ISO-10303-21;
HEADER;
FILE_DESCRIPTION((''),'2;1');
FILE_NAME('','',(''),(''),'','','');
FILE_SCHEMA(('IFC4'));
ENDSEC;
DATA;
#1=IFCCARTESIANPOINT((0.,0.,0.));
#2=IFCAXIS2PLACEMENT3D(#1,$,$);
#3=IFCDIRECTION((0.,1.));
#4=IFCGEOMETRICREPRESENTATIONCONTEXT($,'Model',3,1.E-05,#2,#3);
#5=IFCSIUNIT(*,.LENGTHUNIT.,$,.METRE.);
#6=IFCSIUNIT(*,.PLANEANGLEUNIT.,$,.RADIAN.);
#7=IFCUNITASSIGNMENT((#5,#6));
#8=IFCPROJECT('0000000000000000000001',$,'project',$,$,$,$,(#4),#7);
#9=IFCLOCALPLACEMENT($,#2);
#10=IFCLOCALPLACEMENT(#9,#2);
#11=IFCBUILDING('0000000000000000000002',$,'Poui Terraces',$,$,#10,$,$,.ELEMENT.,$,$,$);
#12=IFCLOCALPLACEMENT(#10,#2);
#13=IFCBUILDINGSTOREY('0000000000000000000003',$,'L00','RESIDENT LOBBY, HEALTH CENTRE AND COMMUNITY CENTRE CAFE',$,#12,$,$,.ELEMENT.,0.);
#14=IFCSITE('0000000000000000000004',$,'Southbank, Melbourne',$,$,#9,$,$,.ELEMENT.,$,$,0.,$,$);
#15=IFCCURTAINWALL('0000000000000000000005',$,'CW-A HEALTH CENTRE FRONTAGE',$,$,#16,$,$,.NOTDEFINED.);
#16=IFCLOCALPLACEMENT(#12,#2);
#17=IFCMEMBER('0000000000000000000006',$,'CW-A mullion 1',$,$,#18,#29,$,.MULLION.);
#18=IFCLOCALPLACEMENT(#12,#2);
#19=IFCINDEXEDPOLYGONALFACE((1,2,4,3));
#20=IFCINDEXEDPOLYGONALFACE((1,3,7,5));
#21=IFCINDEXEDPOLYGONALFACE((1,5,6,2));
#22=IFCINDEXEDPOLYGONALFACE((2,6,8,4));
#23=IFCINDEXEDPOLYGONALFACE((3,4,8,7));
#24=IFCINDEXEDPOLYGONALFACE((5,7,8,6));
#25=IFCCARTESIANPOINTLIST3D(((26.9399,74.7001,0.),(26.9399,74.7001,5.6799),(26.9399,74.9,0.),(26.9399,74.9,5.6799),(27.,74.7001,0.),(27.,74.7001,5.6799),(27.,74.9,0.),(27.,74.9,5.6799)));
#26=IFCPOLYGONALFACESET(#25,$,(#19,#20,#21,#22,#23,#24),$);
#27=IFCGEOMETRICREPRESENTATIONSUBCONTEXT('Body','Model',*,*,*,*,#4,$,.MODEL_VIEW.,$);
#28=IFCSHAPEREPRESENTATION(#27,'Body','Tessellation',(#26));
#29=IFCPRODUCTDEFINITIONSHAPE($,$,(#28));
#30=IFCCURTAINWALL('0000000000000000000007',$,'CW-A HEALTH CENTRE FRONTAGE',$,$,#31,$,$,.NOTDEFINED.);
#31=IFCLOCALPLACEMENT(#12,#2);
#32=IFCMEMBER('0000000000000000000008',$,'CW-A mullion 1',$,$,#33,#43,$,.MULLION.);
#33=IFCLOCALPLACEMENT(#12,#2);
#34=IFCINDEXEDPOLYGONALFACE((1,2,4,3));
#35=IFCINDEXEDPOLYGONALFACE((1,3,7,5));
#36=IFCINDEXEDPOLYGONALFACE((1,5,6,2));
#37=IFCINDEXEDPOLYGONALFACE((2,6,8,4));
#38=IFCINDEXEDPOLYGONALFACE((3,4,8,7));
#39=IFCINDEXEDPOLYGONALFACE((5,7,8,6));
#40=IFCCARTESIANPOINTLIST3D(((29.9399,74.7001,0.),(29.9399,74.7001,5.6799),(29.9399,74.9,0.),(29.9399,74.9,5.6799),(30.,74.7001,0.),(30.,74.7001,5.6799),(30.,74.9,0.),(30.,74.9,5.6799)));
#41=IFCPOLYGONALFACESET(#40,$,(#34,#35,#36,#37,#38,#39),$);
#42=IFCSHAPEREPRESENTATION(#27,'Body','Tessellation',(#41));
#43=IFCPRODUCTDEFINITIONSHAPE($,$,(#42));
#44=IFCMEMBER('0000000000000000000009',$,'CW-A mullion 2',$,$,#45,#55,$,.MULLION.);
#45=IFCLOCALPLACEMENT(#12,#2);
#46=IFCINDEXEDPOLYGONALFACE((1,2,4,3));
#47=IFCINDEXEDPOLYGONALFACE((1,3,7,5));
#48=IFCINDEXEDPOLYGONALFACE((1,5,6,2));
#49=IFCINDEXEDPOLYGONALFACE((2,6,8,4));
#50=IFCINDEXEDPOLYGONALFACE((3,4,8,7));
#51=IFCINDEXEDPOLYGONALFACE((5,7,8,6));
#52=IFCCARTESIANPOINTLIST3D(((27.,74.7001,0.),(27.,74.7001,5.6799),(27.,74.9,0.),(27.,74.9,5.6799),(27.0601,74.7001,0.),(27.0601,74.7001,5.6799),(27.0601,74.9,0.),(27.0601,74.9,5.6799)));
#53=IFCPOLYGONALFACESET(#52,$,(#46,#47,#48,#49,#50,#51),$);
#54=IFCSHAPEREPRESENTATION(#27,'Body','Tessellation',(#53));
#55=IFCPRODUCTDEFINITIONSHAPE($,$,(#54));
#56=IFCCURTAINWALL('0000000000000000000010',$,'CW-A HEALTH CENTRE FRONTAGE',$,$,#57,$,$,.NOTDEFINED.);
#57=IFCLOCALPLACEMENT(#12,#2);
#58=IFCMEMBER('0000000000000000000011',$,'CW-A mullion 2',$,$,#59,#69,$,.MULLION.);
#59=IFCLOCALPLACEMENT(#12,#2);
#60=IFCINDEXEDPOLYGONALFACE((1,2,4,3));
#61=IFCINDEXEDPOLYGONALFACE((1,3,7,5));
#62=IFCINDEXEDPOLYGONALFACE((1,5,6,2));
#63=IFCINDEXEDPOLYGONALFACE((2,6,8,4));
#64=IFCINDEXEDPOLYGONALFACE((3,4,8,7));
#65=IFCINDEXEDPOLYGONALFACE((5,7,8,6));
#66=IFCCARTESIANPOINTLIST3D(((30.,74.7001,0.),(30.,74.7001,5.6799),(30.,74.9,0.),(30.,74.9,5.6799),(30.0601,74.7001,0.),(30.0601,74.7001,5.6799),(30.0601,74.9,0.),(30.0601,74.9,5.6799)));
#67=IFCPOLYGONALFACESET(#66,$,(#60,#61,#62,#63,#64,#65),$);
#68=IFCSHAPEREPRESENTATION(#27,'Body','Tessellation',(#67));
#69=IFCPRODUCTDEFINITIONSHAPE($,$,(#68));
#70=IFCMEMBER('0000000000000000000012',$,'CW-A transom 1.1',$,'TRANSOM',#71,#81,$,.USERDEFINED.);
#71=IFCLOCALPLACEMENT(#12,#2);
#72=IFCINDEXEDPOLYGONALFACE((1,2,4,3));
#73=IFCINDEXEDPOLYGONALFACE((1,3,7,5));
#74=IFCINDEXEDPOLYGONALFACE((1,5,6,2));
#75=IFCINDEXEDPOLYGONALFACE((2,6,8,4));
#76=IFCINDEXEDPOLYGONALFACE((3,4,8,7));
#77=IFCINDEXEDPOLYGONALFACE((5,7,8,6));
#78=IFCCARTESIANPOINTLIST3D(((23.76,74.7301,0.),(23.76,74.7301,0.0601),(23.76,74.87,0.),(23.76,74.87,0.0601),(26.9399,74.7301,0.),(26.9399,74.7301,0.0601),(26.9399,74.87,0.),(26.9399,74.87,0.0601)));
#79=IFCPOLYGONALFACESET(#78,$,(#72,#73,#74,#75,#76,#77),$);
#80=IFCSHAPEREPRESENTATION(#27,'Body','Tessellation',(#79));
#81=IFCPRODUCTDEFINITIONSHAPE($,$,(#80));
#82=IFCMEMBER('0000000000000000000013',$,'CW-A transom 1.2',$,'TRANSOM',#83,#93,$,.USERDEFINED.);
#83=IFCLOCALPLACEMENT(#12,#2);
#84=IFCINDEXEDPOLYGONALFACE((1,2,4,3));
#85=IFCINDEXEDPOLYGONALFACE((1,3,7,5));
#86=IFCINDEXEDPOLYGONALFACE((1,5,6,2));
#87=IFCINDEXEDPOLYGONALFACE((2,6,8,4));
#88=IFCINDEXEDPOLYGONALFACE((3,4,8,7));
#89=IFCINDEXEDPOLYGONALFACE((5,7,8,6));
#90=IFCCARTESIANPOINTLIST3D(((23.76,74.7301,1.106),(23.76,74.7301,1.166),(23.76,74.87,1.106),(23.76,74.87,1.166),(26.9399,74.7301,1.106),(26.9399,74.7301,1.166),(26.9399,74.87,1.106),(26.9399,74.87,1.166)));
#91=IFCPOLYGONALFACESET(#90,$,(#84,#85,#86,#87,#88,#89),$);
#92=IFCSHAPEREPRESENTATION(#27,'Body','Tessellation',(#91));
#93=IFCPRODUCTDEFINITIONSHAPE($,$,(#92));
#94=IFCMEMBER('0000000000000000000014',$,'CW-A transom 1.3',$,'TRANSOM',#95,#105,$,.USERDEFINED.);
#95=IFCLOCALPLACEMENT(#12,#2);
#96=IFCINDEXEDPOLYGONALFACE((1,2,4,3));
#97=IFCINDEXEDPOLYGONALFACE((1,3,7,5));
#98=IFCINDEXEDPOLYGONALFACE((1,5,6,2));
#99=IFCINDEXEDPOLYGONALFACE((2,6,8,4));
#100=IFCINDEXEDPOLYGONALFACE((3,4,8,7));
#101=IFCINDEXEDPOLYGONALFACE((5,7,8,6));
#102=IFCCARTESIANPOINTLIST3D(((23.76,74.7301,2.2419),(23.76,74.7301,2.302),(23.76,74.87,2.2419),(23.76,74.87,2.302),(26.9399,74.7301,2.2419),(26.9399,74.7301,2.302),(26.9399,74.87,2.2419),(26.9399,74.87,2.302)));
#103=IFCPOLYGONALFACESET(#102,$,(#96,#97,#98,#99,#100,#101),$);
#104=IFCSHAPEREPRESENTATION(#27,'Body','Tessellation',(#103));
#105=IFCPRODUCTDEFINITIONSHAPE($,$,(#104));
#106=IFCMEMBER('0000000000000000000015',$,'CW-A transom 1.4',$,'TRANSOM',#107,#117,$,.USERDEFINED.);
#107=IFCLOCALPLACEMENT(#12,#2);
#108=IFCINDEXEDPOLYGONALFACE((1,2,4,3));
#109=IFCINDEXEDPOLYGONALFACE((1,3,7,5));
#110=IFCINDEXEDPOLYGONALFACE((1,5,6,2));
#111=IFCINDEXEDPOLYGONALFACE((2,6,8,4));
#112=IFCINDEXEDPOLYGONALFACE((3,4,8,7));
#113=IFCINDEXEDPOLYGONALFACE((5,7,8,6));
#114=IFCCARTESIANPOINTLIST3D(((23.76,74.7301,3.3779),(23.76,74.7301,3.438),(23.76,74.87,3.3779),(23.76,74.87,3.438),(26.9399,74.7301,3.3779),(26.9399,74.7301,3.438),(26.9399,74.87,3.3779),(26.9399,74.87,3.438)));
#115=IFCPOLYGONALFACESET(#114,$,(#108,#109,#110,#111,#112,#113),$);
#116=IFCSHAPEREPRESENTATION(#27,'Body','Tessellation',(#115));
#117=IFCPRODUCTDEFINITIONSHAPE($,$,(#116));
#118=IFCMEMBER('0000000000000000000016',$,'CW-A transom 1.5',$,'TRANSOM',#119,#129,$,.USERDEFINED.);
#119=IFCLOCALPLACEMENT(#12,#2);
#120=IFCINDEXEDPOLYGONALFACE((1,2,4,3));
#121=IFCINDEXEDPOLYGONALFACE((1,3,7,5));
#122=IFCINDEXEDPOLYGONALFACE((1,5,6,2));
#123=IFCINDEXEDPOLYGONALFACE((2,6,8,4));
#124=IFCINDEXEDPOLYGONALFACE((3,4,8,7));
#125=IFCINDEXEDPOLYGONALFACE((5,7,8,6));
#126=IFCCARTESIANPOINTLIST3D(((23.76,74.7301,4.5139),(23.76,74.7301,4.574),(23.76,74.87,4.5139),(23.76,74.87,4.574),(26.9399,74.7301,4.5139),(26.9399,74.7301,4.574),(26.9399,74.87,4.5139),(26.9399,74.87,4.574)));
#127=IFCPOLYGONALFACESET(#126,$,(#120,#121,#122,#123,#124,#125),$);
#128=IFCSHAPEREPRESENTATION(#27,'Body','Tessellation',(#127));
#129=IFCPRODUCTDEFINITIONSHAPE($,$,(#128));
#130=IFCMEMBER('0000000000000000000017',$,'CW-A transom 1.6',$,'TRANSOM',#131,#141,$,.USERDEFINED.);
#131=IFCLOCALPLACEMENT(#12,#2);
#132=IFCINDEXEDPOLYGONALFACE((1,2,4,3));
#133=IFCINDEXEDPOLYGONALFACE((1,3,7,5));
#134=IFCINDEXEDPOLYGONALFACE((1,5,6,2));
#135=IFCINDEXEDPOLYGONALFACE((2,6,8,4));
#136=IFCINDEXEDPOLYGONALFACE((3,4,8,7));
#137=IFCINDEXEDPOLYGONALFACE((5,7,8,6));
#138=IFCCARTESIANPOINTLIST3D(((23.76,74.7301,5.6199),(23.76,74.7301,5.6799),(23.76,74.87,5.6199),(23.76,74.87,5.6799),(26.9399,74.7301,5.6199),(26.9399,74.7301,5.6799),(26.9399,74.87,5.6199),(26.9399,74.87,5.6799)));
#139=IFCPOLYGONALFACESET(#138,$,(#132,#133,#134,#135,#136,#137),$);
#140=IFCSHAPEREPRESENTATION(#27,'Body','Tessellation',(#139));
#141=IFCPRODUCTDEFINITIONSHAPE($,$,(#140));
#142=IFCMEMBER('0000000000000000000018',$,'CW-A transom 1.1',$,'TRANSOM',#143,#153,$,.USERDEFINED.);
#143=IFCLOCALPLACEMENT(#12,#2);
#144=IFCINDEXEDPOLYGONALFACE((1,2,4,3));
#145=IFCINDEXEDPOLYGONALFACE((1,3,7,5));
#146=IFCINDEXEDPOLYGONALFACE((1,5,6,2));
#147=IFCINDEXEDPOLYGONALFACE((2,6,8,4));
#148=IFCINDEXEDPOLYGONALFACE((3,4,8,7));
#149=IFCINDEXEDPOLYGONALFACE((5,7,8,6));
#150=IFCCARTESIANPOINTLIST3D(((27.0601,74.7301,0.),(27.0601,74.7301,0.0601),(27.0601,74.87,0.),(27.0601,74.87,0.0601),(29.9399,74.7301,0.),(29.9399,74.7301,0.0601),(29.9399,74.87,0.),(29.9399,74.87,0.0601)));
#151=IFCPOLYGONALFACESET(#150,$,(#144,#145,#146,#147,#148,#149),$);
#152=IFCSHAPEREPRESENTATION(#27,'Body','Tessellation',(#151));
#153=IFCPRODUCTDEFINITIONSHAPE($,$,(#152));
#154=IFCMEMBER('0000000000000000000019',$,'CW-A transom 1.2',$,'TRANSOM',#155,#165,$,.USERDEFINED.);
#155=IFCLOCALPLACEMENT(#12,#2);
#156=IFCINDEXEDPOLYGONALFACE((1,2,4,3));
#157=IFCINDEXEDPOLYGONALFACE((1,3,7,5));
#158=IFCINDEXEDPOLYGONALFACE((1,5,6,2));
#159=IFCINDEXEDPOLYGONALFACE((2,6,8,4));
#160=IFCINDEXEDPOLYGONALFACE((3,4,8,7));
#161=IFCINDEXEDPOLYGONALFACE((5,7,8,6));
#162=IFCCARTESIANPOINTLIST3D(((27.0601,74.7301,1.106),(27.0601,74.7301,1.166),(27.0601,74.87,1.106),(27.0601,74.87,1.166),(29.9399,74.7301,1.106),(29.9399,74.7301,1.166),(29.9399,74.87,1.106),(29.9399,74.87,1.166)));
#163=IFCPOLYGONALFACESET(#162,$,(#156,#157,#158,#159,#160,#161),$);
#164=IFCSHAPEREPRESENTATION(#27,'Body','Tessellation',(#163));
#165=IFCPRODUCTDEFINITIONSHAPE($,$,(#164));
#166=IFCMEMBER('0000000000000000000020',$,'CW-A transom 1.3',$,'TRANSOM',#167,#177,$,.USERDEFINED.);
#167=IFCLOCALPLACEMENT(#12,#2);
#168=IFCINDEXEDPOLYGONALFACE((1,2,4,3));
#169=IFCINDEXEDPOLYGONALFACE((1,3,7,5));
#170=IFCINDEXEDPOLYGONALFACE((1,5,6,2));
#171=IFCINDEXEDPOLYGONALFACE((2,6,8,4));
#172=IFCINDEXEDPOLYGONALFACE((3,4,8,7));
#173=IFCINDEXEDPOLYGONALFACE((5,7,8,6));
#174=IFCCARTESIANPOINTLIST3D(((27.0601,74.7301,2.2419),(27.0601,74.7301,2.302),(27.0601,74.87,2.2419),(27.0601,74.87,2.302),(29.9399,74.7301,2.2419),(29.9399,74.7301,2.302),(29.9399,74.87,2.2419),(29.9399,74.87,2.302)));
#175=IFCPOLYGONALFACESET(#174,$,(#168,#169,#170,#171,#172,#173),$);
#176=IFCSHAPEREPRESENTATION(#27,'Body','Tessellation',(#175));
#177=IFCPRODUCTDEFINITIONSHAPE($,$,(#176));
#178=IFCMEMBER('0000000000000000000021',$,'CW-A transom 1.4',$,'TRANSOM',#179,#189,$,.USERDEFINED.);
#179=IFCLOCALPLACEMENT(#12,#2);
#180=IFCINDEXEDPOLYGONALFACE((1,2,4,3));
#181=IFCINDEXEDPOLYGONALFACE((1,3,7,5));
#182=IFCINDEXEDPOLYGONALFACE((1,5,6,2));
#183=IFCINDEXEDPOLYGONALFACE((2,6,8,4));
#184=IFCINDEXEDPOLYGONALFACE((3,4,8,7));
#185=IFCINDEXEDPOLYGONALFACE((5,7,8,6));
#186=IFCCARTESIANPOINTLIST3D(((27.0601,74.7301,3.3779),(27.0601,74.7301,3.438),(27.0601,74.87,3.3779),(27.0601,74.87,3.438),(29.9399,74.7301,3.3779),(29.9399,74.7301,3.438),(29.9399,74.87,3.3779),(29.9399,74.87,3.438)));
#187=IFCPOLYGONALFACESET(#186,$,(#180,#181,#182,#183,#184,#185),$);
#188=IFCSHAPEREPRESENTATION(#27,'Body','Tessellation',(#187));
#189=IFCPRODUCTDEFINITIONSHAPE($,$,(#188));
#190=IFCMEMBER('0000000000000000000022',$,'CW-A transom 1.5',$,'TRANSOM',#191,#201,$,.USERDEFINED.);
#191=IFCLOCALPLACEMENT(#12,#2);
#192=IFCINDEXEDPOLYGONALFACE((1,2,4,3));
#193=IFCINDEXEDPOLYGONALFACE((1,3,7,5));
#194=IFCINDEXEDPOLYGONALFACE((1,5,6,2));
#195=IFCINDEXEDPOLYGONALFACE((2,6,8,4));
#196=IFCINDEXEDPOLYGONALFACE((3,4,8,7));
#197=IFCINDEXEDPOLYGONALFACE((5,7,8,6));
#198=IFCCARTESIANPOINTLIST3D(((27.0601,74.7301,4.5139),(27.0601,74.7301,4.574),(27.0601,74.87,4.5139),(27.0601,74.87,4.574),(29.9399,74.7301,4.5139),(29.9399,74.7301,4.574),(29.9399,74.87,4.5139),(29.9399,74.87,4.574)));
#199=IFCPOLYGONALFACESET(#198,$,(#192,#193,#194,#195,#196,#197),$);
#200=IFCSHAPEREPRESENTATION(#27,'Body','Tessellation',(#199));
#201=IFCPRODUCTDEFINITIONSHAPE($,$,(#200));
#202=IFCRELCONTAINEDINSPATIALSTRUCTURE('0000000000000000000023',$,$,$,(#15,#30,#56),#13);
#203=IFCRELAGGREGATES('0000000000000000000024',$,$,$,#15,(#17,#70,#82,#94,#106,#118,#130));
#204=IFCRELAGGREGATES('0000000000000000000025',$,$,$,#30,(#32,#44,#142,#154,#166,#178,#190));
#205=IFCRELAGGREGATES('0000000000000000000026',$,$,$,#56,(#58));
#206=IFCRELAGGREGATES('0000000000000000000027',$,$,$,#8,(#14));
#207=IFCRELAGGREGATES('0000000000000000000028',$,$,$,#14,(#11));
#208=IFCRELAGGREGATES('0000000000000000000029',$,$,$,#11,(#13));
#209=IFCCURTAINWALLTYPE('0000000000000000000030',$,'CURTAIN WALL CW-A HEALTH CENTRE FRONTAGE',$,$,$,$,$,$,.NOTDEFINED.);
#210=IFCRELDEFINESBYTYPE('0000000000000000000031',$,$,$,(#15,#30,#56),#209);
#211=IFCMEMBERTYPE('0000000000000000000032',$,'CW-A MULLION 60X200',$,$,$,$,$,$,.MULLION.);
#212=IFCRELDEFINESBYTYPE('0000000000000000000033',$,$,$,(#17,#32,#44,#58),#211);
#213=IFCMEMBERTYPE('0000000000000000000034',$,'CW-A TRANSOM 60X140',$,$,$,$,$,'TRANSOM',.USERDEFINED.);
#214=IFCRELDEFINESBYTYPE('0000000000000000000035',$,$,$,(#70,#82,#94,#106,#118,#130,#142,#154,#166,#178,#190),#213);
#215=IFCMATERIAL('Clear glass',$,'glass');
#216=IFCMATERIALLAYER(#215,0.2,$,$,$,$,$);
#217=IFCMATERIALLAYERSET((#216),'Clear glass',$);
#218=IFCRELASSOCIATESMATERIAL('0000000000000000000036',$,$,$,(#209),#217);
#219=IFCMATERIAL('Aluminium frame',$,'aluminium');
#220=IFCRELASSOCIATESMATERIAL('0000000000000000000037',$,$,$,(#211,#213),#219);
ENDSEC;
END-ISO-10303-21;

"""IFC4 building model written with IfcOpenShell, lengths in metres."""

from ifc_helpers import new_model, si_unit, direction, frame, origin, origin_2d, place, context, subcontext, project, spatial, rectangle, extrude, material, layer, layer_set, material_profile, profile_set, type_object, element, aggregate, save


model = new_model("IFC4")

# Units and contexts
model_context = context("Model", 3, precision=1e-05, world=origin(), true_north=direction((0.0, 1.0)))
body_context = subcontext(model_context, "Body", "Model", "MODEL_VIEW")
ifc_project = project(units=[si_unit("LENGTHUNIT", "METRE"), si_unit("PLANEANGLEUNIT", "RADIAN")], contexts=[model_context])

# Site, building, storey
site_placement = place(None, origin())
site = spatial("IfcSite", under=ifc_project, at=site_placement, Name="Southbank, Melbourne", CompositionType="ELEMENT", RefElevation=0.0)
building_placement = place(site_placement, origin())
building = spatial("IfcBuilding", under=site, at=building_placement, Name="Poui Terraces", CompositionType="ELEMENT")
storey_placement = place(building_placement, origin())
storey = spatial("IfcBuildingStorey", under=building, at=storey_placement, Name="L00", Description="RESIDENT LOBBY, HEALTH CENTRE AND COMMUNITY CENTRE CAFE", CompositionType="ELEMENT", Elevation=0.0)

# Curtain wall, member
ifc_material_1 = material(Name="Clear glass", Category="glass")
ifc_layer_1 = layer(ifc_material_1, 0.2)
ifc_layer_set_1 = layer_set([ifc_layer_1], Name="Clear glass")
curtain_wall_type = type_object("IfcCurtainWallType", Name="CURTAIN WALL CW-A HEALTH CENTRE FRONTAGE", PredefinedType="NOTDEFINED", material=ifc_layer_set_1)
curtain_wall_1_placement = place(storey_placement, origin())
curtain_wall_1 = element("IfcCurtainWall", 1, at=curtain_wall_1_placement, inside=storey, type_object=curtain_wall_type, Name="CW-A HEALTH CENTRE FRONTAGE", PredefinedType="NOTDEFINED")
ifc_material_2 = material(Name="Aluminium frame", Category="aluminium")
ifc_material_profile_1 = material_profile(ifc_material_2, rectangle(XDim=0.2, YDim=0.0601, at=origin_2d()), Name="CW-A MULLION 60X200")
ifc_profile_set_1 = profile_set([ifc_material_profile_1], Name="Aluminium frame")
member_type_1 = type_object("IfcMemberType", Name="CW-A MULLION 60X200", PredefinedType="MULLION", material=ifc_profile_set_1)
member_1_placement = place(storey_placement, frame((26.97, 74.8, 0.0), z_axis=(0.0, 0.0, 1.0), x_axis=(0.0, -1.0, 0.0)))
member_1 = element("IfcMember", 2, at=member_1_placement, type_object=member_type_1, Name="CW-A mullion 1", PredefinedType="MULLION", context=body_context, shape_type="SweptSolid", body=[
    extrude(rectangle(XDim=0.2, YDim=0.0601, at=origin_2d()), origin(), (0.0, 0.0, 1.0), 5.6799),
])

# Curtain wall, members
curtain_wall_2_placement = place(storey_placement, origin())
curtain_wall_2 = element("IfcCurtainWall", 3, at=curtain_wall_2_placement, inside=storey, type_object=curtain_wall_type, Name="CW-A HEALTH CENTRE FRONTAGE", PredefinedType="NOTDEFINED")
member_2_placement = place(storey_placement, frame((29.97, 74.8, 0.0), z_axis=(0.0, 0.0, 1.0), x_axis=(0.0, -1.0, 0.0)))
member_2 = element("IfcMember", 4, at=member_2_placement, type_object=member_type_1, Name="CW-A mullion 1", PredefinedType="MULLION", context=body_context, shape_type="SweptSolid", body=[
    extrude(rectangle(XDim=0.2, YDim=0.0601, at=origin_2d()), origin(), (0.0, 0.0, 1.0), 5.6799),
])
member_3_placement = place(storey_placement, frame((27.03, 74.8, 0.0), z_axis=(0.0, 0.0, 1.0), x_axis=(0.0, -1.0, 0.0)))
member_3 = element("IfcMember", 5, at=member_3_placement, type_object=member_type_1, Name="CW-A mullion 2", PredefinedType="MULLION", context=body_context, shape_type="SweptSolid", body=[
    extrude(rectangle(XDim=0.2, YDim=0.0601, at=origin_2d()), origin(), (0.0, 0.0, 1.0), 5.6799),
])

# Curtain wall, member
curtain_wall_3_placement = place(storey_placement, origin())
curtain_wall_3 = element("IfcCurtainWall", 6, at=curtain_wall_3_placement, inside=storey, type_object=curtain_wall_type, Name="CW-A HEALTH CENTRE FRONTAGE", PredefinedType="NOTDEFINED")
member_4_placement = place(storey_placement, frame((30.03, 74.8, 0.0), z_axis=(0.0, 0.0, 1.0), x_axis=(0.0, -1.0, 0.0)))
member_4 = element("IfcMember", 7, at=member_4_placement, type_object=member_type_1, Name="CW-A mullion 2", PredefinedType="MULLION", context=body_context, shape_type="SweptSolid", body=[
    extrude(rectangle(XDim=0.2, YDim=0.0601, at=origin_2d()), origin(), (0.0, 0.0, 1.0), 5.6799),
])

# Members
ifc_material_profile_2 = material_profile(ifc_material_2, rectangle(XDim=0.1399, YDim=0.0601, at=origin_2d()), Name="CW-A TRANSOM 60X140")
ifc_profile_set_2 = profile_set([ifc_material_profile_2], Name="Aluminium frame")
member_type_2 = type_object("IfcMemberType", Name="CW-A TRANSOM 60X140", ElementType="TRANSOM", PredefinedType="USERDEFINED", material=ifc_profile_set_2)
member_5_placement = place(storey_placement, frame((26.9399, 74.8, 0.03), z_axis=(-1.0, 0.0, 0.0), x_axis=(0.0, -1.0, 0.0)))
member_5 = element("IfcMember", 8, at=member_5_placement, type_object=member_type_2, Name="CW-A transom 1.1", ObjectType="TRANSOM", PredefinedType="USERDEFINED", context=body_context, shape_type="SweptSolid", body=[
    extrude(rectangle(XDim=0.1399, YDim=0.0601, at=origin_2d()), origin(), (0.0, 0.0, 1.0), 3.1799),
])
member_6_placement = place(storey_placement, frame((26.9399, 74.8, 1.136), z_axis=(-1.0, 0.0, 0.0), x_axis=(0.0, -1.0, 0.0)))
member_6 = element("IfcMember", 9, at=member_6_placement, type_object=member_type_2, Name="CW-A transom 1.2", ObjectType="TRANSOM", PredefinedType="USERDEFINED", context=body_context, shape_type="SweptSolid", body=[
    extrude(rectangle(XDim=0.1399, YDim=0.0601, at=origin_2d()), origin(), (0.0, 0.0, 1.0), 3.1799),
])
member_7_placement = place(storey_placement, frame((26.9399, 74.8, 2.272), z_axis=(-1.0, 0.0, 0.0), x_axis=(0.0, -1.0, 0.0)))
member_7 = element("IfcMember", 10, at=member_7_placement, type_object=member_type_2, Name="CW-A transom 1.3", ObjectType="TRANSOM", PredefinedType="USERDEFINED", context=body_context, shape_type="SweptSolid", body=[
    extrude(rectangle(XDim=0.1399, YDim=0.0601, at=origin_2d()), origin(), (0.0, 0.0, 1.0), 3.1799),
])
member_8_placement = place(storey_placement, frame((26.9399, 74.8, 3.408), z_axis=(-1.0, 0.0, 0.0), x_axis=(0.0, -1.0, 0.0)))
member_8 = element("IfcMember", 11, at=member_8_placement, type_object=member_type_2, Name="CW-A transom 1.4", ObjectType="TRANSOM", PredefinedType="USERDEFINED", context=body_context, shape_type="SweptSolid", body=[
    extrude(rectangle(XDim=0.1399, YDim=0.0601, at=origin_2d()), origin(), (0.0, 0.0, 1.0), 3.1799),
])
member_9_placement = place(storey_placement, frame((26.9399, 74.8, 4.5439), z_axis=(-1.0, 0.0, 0.0), x_axis=(0.0, -1.0, 0.0)))
member_9 = element("IfcMember", 12, at=member_9_placement, type_object=member_type_2, Name="CW-A transom 1.5", ObjectType="TRANSOM", PredefinedType="USERDEFINED", context=body_context, shape_type="SweptSolid", body=[
    extrude(rectangle(XDim=0.1399, YDim=0.0601, at=origin_2d()), origin(), (0.0, 0.0, 1.0), 3.1799),
])
member_10_placement = place(storey_placement, frame((26.9399, 74.8, 5.6499), z_axis=(-1.0, 0.0, 0.0), x_axis=(0.0, -1.0, 0.0)))
member_10 = element("IfcMember", 13, at=member_10_placement, type_object=member_type_2, Name="CW-A transom 1.6", ObjectType="TRANSOM", PredefinedType="USERDEFINED", context=body_context, shape_type="SweptSolid", body=[
    extrude(rectangle(XDim=0.1399, YDim=0.0601, at=origin_2d()), origin(), (0.0, 0.0, 1.0), 3.1799),
])
member_11_placement = place(storey_placement, frame((29.9399, 74.8, 0.03), z_axis=(-1.0, 0.0, 0.0), x_axis=(0.0, -1.0, 0.0)))
member_11 = element("IfcMember", 14, at=member_11_placement, type_object=member_type_2, Name="CW-A transom 1.1", ObjectType="TRANSOM", PredefinedType="USERDEFINED", context=body_context, shape_type="SweptSolid", body=[
    extrude(rectangle(XDim=0.1399, YDim=0.0601, at=origin_2d()), origin(), (0.0, 0.0, 1.0), 2.8799),
])
member_12_placement = place(storey_placement, frame((29.9399, 74.8, 1.136), z_axis=(-1.0, 0.0, 0.0), x_axis=(0.0, -1.0, 0.0)))
member_12 = element("IfcMember", 15, at=member_12_placement, type_object=member_type_2, Name="CW-A transom 1.2", ObjectType="TRANSOM", PredefinedType="USERDEFINED", context=body_context, shape_type="SweptSolid", body=[
    extrude(rectangle(XDim=0.1399, YDim=0.0601, at=origin_2d()), origin(), (0.0, 0.0, 1.0), 2.8799),
])
member_13_placement = place(storey_placement, frame((29.9399, 74.8, 2.272), z_axis=(-1.0, 0.0, 0.0), x_axis=(0.0, -1.0, 0.0)))
member_13 = element("IfcMember", 16, at=member_13_placement, type_object=member_type_2, Name="CW-A transom 1.3", ObjectType="TRANSOM", PredefinedType="USERDEFINED", context=body_context, shape_type="SweptSolid", body=[
    extrude(rectangle(XDim=0.1399, YDim=0.0601, at=origin_2d()), origin(), (0.0, 0.0, 1.0), 2.8799),
])
member_14_placement = place(storey_placement, frame((29.9399, 74.8, 3.408), z_axis=(-1.0, 0.0, 0.0), x_axis=(0.0, -1.0, 0.0)))
member_14 = element("IfcMember", 17, at=member_14_placement, type_object=member_type_2, Name="CW-A transom 1.4", ObjectType="TRANSOM", PredefinedType="USERDEFINED", context=body_context, shape_type="SweptSolid", body=[
    extrude(rectangle(XDim=0.1399, YDim=0.0601, at=origin_2d()), origin(), (0.0, 0.0, 1.0), 2.8799),
])
member_15_placement = place(storey_placement, frame((29.9399, 74.8, 4.5439), z_axis=(-1.0, 0.0, 0.0), x_axis=(0.0, -1.0, 0.0)))
member_15 = element("IfcMember", 18, at=member_15_placement, type_object=member_type_2, Name="CW-A transom 1.5", ObjectType="TRANSOM", PredefinedType="USERDEFINED", context=body_context, shape_type="SweptSolid", body=[
    extrude(rectangle(XDim=0.1399, YDim=0.0601, at=origin_2d()), origin(), (0.0, 0.0, 1.0), 2.8799),
])

aggregate(curtain_wall_1, [member_1, member_5, member_6, member_7, member_8, member_9, member_10])
aggregate(curtain_wall_2, [member_2, member_3, member_11, member_12, member_13, member_14, member_15])
aggregate(curtain_wall_3, [member_4])

save(model, "model.ifc")
